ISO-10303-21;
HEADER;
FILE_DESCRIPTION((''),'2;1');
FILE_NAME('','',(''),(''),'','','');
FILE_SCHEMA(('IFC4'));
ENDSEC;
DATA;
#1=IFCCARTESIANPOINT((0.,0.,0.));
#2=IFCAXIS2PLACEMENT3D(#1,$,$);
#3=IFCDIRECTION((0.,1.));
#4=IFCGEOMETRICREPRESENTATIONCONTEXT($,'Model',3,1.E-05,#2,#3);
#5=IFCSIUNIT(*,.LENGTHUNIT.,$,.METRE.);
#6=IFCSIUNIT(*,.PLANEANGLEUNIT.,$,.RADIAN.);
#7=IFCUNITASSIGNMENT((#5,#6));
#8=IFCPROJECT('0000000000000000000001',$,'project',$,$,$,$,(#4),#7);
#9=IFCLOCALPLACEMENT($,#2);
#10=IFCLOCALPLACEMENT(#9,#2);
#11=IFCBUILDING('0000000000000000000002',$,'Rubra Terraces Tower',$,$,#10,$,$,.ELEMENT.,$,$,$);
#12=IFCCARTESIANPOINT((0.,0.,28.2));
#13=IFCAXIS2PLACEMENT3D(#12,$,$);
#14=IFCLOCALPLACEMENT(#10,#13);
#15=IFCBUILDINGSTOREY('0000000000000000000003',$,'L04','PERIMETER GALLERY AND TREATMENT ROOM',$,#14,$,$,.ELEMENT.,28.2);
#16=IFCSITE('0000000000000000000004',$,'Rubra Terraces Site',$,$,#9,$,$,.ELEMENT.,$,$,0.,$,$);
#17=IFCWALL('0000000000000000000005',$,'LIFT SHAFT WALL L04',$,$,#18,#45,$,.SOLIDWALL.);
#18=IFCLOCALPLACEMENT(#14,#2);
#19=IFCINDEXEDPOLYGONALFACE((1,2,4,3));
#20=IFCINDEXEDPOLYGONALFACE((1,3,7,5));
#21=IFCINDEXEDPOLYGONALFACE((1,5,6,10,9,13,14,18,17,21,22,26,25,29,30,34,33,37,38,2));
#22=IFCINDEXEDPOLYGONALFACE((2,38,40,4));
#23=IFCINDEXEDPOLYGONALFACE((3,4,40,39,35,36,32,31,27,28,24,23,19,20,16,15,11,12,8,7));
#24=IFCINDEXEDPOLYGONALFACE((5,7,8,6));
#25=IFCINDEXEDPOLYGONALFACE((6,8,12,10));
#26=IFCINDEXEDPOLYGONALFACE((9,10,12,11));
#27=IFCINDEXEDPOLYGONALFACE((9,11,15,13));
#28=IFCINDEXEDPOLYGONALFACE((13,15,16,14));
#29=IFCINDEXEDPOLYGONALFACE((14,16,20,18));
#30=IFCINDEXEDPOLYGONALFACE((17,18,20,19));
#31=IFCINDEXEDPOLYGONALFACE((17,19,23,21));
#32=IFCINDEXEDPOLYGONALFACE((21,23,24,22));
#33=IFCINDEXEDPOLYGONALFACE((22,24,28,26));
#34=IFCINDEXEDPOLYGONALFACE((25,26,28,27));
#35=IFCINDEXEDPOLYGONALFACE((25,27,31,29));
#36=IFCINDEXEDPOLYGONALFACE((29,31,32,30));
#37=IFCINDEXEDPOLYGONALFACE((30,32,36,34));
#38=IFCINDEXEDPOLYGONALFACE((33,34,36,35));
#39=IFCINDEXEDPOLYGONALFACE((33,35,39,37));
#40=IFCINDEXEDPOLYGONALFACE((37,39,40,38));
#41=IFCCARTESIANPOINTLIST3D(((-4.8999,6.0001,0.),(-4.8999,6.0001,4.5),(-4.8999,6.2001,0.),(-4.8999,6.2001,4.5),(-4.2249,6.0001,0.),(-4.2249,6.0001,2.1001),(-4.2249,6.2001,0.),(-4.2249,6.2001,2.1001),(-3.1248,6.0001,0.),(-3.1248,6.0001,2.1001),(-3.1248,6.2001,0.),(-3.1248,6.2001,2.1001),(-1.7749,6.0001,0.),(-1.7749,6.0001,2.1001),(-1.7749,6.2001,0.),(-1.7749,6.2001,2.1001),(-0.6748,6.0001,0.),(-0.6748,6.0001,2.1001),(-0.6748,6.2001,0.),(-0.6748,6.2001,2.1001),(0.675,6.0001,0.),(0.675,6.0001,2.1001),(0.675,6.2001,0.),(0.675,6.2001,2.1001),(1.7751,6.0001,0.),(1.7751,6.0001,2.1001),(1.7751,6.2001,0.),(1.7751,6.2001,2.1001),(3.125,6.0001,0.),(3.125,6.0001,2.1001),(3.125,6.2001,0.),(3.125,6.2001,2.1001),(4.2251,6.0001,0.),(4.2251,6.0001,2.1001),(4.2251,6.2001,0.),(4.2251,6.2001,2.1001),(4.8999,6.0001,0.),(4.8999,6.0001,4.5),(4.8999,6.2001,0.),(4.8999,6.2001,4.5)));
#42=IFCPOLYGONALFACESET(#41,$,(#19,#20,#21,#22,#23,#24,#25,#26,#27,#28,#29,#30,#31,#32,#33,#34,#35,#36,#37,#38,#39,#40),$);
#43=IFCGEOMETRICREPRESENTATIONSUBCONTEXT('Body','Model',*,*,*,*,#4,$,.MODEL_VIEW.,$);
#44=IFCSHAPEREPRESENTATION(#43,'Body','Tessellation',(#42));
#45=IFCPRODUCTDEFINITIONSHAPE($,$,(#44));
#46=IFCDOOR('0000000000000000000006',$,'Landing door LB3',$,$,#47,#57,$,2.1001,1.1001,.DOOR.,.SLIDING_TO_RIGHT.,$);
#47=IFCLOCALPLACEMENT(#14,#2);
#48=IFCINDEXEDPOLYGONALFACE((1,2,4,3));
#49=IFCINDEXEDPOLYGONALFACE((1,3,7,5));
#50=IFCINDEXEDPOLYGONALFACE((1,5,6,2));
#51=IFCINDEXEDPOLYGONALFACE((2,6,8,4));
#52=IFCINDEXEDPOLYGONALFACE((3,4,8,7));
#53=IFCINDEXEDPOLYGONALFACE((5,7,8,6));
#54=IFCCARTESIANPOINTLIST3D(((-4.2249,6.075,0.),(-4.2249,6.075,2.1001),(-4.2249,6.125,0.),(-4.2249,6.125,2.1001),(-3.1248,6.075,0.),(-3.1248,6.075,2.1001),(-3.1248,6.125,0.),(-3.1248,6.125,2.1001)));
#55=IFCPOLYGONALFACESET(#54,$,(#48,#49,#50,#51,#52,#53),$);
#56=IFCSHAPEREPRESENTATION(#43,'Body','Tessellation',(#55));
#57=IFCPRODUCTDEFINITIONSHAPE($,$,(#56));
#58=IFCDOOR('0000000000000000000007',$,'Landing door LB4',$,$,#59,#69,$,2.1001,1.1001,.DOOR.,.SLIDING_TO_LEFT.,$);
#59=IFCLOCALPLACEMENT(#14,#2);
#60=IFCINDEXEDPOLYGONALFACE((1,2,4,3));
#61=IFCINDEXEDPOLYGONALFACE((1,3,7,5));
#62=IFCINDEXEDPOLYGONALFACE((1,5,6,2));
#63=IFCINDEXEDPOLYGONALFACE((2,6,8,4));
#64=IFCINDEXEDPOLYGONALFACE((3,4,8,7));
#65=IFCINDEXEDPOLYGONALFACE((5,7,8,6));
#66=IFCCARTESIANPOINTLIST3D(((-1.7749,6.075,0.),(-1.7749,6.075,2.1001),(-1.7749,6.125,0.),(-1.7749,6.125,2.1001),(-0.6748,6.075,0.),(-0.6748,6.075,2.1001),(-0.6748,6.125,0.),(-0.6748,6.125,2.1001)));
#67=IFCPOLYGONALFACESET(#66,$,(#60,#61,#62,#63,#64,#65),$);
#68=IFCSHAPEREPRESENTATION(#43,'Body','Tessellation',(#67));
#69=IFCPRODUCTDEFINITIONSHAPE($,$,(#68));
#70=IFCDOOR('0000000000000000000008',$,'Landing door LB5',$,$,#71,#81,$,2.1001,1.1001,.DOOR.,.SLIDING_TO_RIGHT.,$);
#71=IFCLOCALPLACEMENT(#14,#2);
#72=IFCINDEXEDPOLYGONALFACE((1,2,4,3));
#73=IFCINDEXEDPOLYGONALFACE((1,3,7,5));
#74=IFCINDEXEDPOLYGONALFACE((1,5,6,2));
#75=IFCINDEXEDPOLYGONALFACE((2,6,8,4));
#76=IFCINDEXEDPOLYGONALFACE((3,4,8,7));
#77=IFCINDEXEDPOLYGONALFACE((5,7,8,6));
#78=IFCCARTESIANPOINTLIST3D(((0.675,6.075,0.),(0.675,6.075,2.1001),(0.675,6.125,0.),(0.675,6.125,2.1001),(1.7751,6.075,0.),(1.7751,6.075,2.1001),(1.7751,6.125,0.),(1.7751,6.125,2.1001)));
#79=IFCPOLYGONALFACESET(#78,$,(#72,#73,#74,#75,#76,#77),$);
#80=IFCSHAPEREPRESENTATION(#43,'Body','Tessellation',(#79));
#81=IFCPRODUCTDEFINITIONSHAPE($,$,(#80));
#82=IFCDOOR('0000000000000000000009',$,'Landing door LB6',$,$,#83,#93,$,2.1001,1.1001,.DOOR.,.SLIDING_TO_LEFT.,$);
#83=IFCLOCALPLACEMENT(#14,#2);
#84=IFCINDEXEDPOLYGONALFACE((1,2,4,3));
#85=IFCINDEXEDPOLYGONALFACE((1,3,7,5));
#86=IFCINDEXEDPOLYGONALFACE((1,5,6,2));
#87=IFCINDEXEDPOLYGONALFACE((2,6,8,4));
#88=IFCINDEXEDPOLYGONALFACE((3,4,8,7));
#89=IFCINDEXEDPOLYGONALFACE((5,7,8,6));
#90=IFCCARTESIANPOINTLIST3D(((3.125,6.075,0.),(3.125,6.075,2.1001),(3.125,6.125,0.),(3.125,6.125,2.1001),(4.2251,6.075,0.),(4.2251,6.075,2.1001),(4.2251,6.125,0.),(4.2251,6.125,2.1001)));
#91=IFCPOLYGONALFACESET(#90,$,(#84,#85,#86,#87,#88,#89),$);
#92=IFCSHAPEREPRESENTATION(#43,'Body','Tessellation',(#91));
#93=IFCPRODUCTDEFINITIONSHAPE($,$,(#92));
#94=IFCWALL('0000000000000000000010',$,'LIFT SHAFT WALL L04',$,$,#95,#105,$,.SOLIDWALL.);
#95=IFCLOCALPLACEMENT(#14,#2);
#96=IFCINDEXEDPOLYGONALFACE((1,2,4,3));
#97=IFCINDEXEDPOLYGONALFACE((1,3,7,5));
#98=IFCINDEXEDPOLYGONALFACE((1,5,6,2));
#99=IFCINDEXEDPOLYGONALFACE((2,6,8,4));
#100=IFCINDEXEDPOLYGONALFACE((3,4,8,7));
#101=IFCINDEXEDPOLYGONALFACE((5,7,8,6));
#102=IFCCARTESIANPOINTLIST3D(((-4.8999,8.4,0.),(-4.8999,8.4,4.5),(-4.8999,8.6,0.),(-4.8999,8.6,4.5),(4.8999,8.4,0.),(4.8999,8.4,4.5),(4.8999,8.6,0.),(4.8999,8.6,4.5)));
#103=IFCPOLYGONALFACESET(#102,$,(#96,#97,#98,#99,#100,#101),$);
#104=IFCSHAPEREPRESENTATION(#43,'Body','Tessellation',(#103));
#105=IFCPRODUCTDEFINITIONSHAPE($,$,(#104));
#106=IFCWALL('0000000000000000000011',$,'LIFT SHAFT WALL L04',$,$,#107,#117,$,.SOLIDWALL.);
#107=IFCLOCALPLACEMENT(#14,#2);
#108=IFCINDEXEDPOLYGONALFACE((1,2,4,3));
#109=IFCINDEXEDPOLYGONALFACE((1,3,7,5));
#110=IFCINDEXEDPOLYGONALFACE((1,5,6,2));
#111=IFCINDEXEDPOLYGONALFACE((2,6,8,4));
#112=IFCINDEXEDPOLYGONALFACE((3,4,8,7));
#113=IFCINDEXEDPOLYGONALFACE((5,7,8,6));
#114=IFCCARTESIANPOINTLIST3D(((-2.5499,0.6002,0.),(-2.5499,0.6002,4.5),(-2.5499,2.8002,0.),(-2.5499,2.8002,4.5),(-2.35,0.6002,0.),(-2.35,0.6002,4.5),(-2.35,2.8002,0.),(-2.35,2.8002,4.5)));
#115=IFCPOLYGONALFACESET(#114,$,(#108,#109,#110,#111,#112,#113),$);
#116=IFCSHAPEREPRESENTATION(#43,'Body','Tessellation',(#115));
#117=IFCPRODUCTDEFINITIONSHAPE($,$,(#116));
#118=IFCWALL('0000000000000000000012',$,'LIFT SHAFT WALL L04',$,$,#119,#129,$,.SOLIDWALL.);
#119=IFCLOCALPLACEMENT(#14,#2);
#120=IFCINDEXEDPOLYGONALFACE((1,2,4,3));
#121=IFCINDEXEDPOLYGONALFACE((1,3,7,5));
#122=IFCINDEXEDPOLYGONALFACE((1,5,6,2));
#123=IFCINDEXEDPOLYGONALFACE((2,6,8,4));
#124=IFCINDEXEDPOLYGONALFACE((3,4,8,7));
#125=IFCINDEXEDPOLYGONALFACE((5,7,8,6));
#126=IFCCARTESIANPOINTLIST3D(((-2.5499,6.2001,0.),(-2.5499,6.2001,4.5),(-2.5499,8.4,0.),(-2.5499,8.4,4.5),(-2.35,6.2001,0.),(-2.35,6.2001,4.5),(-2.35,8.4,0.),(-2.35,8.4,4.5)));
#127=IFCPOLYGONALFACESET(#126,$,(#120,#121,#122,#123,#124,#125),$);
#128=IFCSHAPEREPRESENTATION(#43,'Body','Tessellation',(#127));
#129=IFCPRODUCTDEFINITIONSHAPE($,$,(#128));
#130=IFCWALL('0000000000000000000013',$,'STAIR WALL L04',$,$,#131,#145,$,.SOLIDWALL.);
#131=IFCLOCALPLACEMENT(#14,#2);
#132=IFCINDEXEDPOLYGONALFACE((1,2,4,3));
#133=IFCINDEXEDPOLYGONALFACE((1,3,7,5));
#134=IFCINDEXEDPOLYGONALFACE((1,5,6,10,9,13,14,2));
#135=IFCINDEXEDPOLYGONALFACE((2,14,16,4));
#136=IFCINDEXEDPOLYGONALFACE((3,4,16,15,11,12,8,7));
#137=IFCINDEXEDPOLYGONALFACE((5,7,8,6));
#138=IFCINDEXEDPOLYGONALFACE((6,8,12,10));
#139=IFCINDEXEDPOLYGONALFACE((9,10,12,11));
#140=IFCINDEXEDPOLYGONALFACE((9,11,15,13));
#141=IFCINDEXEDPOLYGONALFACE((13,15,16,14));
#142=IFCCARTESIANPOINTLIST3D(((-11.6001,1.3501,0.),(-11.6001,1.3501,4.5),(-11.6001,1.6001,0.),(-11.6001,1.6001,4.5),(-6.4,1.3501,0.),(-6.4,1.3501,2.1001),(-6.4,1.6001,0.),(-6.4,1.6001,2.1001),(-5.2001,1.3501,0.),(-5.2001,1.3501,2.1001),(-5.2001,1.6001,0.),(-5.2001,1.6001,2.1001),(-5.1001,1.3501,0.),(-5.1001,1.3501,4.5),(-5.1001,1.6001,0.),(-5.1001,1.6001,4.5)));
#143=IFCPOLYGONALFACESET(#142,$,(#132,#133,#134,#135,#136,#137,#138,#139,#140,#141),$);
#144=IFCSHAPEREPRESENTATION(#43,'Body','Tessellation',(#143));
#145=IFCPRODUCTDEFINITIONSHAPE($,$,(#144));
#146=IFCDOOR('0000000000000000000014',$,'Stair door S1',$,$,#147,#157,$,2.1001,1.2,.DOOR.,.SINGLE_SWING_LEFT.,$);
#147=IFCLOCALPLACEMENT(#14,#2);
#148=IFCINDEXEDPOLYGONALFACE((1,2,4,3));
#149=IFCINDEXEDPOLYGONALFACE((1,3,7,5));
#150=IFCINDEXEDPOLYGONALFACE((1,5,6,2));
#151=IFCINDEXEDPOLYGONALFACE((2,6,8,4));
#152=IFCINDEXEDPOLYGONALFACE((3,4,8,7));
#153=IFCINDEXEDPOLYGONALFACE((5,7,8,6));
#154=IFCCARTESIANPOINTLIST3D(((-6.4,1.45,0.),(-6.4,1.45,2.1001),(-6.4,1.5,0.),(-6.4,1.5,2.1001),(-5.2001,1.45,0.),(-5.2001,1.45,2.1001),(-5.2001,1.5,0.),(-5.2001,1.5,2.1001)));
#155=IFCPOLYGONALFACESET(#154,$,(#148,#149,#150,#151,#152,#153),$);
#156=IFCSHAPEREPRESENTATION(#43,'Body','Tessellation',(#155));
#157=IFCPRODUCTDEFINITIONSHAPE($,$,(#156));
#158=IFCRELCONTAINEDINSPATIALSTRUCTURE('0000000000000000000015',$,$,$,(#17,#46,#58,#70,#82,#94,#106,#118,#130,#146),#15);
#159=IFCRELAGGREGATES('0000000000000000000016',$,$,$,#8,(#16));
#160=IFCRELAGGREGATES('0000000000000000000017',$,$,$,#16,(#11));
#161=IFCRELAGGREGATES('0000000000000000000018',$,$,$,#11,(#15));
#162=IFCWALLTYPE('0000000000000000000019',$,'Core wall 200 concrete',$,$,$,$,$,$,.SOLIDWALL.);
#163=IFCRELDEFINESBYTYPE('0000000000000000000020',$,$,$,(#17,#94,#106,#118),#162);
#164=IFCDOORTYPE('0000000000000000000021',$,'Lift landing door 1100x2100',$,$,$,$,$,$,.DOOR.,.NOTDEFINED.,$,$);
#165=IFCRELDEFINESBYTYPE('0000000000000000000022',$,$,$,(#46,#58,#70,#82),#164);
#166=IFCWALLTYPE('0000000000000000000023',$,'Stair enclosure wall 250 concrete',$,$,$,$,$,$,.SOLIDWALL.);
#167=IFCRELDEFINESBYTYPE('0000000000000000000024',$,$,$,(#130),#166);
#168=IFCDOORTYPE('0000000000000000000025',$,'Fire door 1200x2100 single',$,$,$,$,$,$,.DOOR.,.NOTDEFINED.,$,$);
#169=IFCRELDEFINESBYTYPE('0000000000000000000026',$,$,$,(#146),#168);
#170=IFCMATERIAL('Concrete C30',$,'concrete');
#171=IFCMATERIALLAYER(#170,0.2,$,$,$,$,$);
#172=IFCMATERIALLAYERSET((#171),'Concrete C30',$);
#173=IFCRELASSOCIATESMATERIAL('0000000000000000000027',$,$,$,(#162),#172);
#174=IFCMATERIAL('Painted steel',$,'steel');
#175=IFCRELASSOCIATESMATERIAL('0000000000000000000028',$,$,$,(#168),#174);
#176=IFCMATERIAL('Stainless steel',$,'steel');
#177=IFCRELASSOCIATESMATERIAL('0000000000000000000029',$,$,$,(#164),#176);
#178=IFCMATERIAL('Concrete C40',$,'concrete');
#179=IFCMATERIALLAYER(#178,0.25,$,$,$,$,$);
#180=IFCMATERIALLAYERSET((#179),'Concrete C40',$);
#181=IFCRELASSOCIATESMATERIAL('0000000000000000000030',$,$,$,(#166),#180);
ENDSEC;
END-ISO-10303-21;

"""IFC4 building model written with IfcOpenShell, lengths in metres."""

from ifc_helpers import new_model, si_unit, direction, frame, frame_2d, origin, place, context, subcontext, project, spatial, rectangle, extrude, material, layer, layer_set, type_object, element, fill, save


model = new_model("IFC4")

# Units and contexts
model_context = context("Model", 3, precision=1e-05, world=origin(), true_north=direction((0.0, 1.0)))
body_context = subcontext(model_context, "Body", "Model", "MODEL_VIEW")
ifc_project = project(units=[si_unit("LENGTHUNIT", "METRE"), si_unit("PLANEANGLEUNIT", "RADIAN")], contexts=[model_context])

# Site, building, storey
site_placement = place(None, origin())
site = spatial("IfcSite", under=ifc_project, at=site_placement, Name="Rubra Terraces Site", CompositionType="ELEMENT", RefElevation=0.0)
building_placement = place(site_placement, origin())
building = spatial("IfcBuilding", under=site, at=building_placement, Name="Rubra Terraces Tower", CompositionType="ELEMENT")
storey_placement = place(building_placement, frame((0.0, 0.0, 28.2)))
storey = spatial("IfcBuildingStorey", under=building, at=storey_placement, Name="L04", Description="PERIMETER GALLERY AND TREATMENT ROOM", CompositionType="ELEMENT", Elevation=28.2)

# Shared definitions
ifc_material_1 = material(Name="Concrete C30", Category="concrete")
ifc_layer_1 = layer(ifc_material_1, 0.2)
ifc_layer_set_1 = layer_set([ifc_layer_1], Name="Concrete C30")
wall_type_1 = type_object("IfcWallType", Name="Core wall 200 concrete", PredefinedType="SOLIDWALL", material=ifc_layer_set_1)
ifc_material_2 = material(Name="Painted steel", Category="steel")
door_type_1 = type_object("IfcDoorType", Name="Fire door 1200x2100 single", OperationType="NOTDEFINED", PredefinedType="DOOR", material=ifc_material_2)
ifc_material_3 = material(Name="Stainless steel", Category="steel")

# Wall, openings, doors
door_type_2 = type_object("IfcDoorType", Name="Lift landing door 1100x2100", OperationType="NOTDEFINED", PredefinedType="DOOR", material=ifc_material_3)
wall_1_placement = place(storey_placement, frame((-4.8999, 6.1001, 0.0), z_axis=(0.0, 0.0, 1.0), x_axis=(1.0, 0.0, 0.0)))
wall_1 = element("IfcWall", 1, at=wall_1_placement, inside=storey, type_object=wall_type_1, Name="LIFT SHAFT WALL L04", PredefinedType="SOLIDWALL", context=body_context, shape_type="SweptSolid", body=[
    extrude(rectangle(XDim=9.7998, YDim=0.2, at=frame_2d((4.8999, 0.0))), origin(), (0.0, 0.0, 1.0), 4.5),
])
opening_1_placement = place(wall_1_placement, frame((0.675, 0.0, 0.0)))
opening_1 = element("IfcOpeningElement", 2, at=opening_1_placement, cuts=wall_1, PredefinedType="OPENING", context=body_context, shape_type="SweptSolid", body=[
    extrude(rectangle(XDim=1.1001, YDim=2.1001, at=frame_2d((0.55, 1.05))), frame((0.0, 0.1099, 0.0), z_axis=(0.0, -1.0, 0.0), x_axis=(1.0, 0.0, 0.0)), (0.0, 0.0, 1.0), 0.22),
])
opening_2_placement = place(wall_1_placement, frame((3.125, 0.0, 0.0)))
opening_2 = element("IfcOpeningElement", 3, at=opening_2_placement, cuts=wall_1, PredefinedType="OPENING", context=body_context, shape_type="SweptSolid", body=[
    extrude(rectangle(XDim=1.1001, YDim=2.1001, at=frame_2d((0.55, 1.05))), frame((0.0, 0.1099, 0.0), z_axis=(0.0, -1.0, 0.0), x_axis=(1.0, 0.0, 0.0)), (0.0, 0.0, 1.0), 0.22),
])
opening_3_placement = place(wall_1_placement, frame((5.575, 0.0, 0.0)))
opening_3 = element("IfcOpeningElement", 4, at=opening_3_placement, cuts=wall_1, PredefinedType="OPENING", context=body_context, shape_type="SweptSolid", body=[
    extrude(rectangle(XDim=1.1001, YDim=2.1001, at=frame_2d((0.55, 1.05))), frame((0.0, 0.1099, 0.0), z_axis=(0.0, -1.0, 0.0), x_axis=(1.0, 0.0, 0.0)), (0.0, 0.0, 1.0), 0.22),
])
opening_4_placement = place(wall_1_placement, frame((8.0249, 0.0, 0.0)))
opening_4 = element("IfcOpeningElement", 5, at=opening_4_placement, cuts=wall_1, PredefinedType="OPENING", context=body_context, shape_type="SweptSolid", body=[
    extrude(rectangle(XDim=1.1001, YDim=2.1001, at=frame_2d((0.55, 1.05))), frame((0.0, 0.1099, 0.0), z_axis=(0.0, -1.0, 0.0), x_axis=(1.0, 0.0, 0.0)), (0.0, 0.0, 1.0), 0.22),
])
door_1_placement = place(opening_1_placement, origin())
door_1 = element("IfcDoor", 6, at=door_1_placement, inside=storey, type_object=door_type_2, Name="Landing door LB3", OperationType="SLIDING_TO_RIGHT", OverallHeight=2.1001, OverallWidth=1.1001, PredefinedType="DOOR", context=body_context, shape_type="SweptSolid", body=[
    extrude(rectangle(XDim=1.1001, YDim=2.1001, at=frame_2d((0.55, 1.05))), frame((0.0, 0.0249, 0.0), z_axis=(0.0, -1.0, 0.0), x_axis=(1.0, 0.0, 0.0)), (0.0, 0.0, 1.0), 0.05),
])
fill(opening_1, door_1)
door_2_placement = place(opening_2_placement, origin())
door_2 = element("IfcDoor", 7, at=door_2_placement, inside=storey, type_object=door_type_2, Name="Landing door LB4", OperationType="SLIDING_TO_LEFT", OverallHeight=2.1001, OverallWidth=1.1001, PredefinedType="DOOR", context=body_context, shape_type="SweptSolid", body=[
    extrude(rectangle(XDim=1.1001, YDim=2.1001, at=frame_2d((0.55, 1.05))), frame((0.0, 0.0249, 0.0), z_axis=(0.0, -1.0, 0.0), x_axis=(1.0, 0.0, 0.0)), (0.0, 0.0, 1.0), 0.05),
])
fill(opening_2, door_2)
door_3_placement = place(opening_3_placement, origin())
door_3 = element("IfcDoor", 8, at=door_3_placement, inside=storey, type_object=door_type_2, Name="Landing door LB5", OperationType="SLIDING_TO_RIGHT", OverallHeight=2.1001, OverallWidth=1.1001, PredefinedType="DOOR", context=body_context, shape_type="SweptSolid", body=[
    extrude(rectangle(XDim=1.1001, YDim=2.1001, at=frame_2d((0.55, 1.05))), frame((0.0, 0.0249, 0.0), z_axis=(0.0, -1.0, 0.0), x_axis=(1.0, 0.0, 0.0)), (0.0, 0.0, 1.0), 0.05),
])
fill(opening_3, door_3)
door_4_placement = place(opening_4_placement, origin())
door_4 = element("IfcDoor", 9, at=door_4_placement, inside=storey, type_object=door_type_2, Name="Landing door LB6", OperationType="SLIDING_TO_LEFT", OverallHeight=2.1001, OverallWidth=1.1001, PredefinedType="DOOR", context=body_context, shape_type="SweptSolid", body=[
    extrude(rectangle(XDim=1.1001, YDim=2.1001, at=frame_2d((0.55, 1.05))), frame((0.0, 0.0249, 0.0), z_axis=(0.0, -1.0, 0.0), x_axis=(1.0, 0.0, 0.0)), (0.0, 0.0, 1.0), 0.05),
])
fill(opening_4, door_4)

# Walls
wall_2_placement = place(storey_placement, frame((-4.8999, 8.5, 0.0), z_axis=(0.0, 0.0, 1.0), x_axis=(1.0, 0.0, 0.0)))
element("IfcWall", 10, at=wall_2_placement, inside=storey, type_object=wall_type_1, Name="LIFT SHAFT WALL L04", PredefinedType="SOLIDWALL", context=body_context, shape_type="SweptSolid", body=[
    extrude(rectangle(XDim=9.7998, YDim=0.2, at=frame_2d((4.8999, 0.0))), origin(), (0.0, 0.0, 1.0), 4.5),
])
for number, where, z_axis, x_axis, name in (
    (11, (-2.45, 0.6001, 0.0), (0.0, 0.0, 1.0), (0.0, 1.0, 0.0), "LIFT SHAFT WALL L04"),
    (12, (-2.45, 6.2, 0.0), (0.0, 0.0, 1.0), (0.0, 1.0, 0.0), "LIFT SHAFT WALL L04"),
):
    element("IfcWall", number, at=place(storey_placement, frame(where, z_axis=z_axis, x_axis=x_axis)), inside=storey, type_object=wall_type_1, Name=name, PredefinedType="SOLIDWALL", context=body_context, shape_type="SweptSolid", body=[
        extrude(rectangle(XDim=2.2, YDim=0.2, at=frame_2d((1.1001, 0.0))), origin(), (0.0, 0.0, 1.0), 4.5),
    ])

# Wall, opening, door
ifc_material_4 = material(Name="Concrete C40", Category="concrete")
ifc_layer_2 = layer(ifc_material_4, 0.25)
ifc_layer_set_2 = layer_set([ifc_layer_2], Name="Concrete C40")
wall_type_2 = type_object("IfcWallType", Name="Stair enclosure wall 250 concrete", PredefinedType="SOLIDWALL", material=ifc_layer_set_2)
wall_3_placement = place(storey_placement, frame((-11.6001, 1.4751, 0.0), z_axis=(0.0, 0.0, 1.0), x_axis=(1.0, 0.0, 0.0)))
wall_3 = element("IfcWall", 13, at=wall_3_placement, inside=storey, type_object=wall_type_2, Name="STAIR WALL L04", PredefinedType="SOLIDWALL", context=body_context, shape_type="SweptSolid", body=[
    extrude(rectangle(XDim=6.5, YDim=0.25, at=frame_2d((3.25, 0.0))), origin(), (0.0, 0.0, 1.0), 4.5),
])
opening_5_placement = place(wall_3_placement, frame((5.2, 0.0, 0.0)))
opening_5 = element("IfcOpeningElement", 14, at=opening_5_placement, cuts=wall_3, PredefinedType="OPENING", context=body_context, shape_type="SweptSolid", body=[
    extrude(rectangle(XDim=1.2, YDim=2.1001, at=frame_2d((0.6001, 1.05))), frame((0.0, 0.135, 0.0), z_axis=(0.0, -1.0, 0.0), x_axis=(1.0, 0.0, 0.0)), (0.0, 0.0, 1.0), 0.27),
])
door_5_placement = place(opening_5_placement, origin())
door_5 = element("IfcDoor", 15, at=door_5_placement, inside=storey, type_object=door_type_1, Name="Stair door S1", OperationType="SINGLE_SWING_LEFT", OverallHeight=2.1001, OverallWidth=1.2, PredefinedType="DOOR", context=body_context, shape_type="SweptSolid", body=[
    extrude(rectangle(XDim=1.2, YDim=2.1001, at=frame_2d((0.6001, 1.05))), frame((0.0, 0.0249, 0.0), z_axis=(0.0, -1.0, 0.0), x_axis=(1.0, 0.0, 0.0)), (0.0, 0.0, 1.0), 0.05),
])
fill(opening_5, door_5)

save(model, "model.ifc")
